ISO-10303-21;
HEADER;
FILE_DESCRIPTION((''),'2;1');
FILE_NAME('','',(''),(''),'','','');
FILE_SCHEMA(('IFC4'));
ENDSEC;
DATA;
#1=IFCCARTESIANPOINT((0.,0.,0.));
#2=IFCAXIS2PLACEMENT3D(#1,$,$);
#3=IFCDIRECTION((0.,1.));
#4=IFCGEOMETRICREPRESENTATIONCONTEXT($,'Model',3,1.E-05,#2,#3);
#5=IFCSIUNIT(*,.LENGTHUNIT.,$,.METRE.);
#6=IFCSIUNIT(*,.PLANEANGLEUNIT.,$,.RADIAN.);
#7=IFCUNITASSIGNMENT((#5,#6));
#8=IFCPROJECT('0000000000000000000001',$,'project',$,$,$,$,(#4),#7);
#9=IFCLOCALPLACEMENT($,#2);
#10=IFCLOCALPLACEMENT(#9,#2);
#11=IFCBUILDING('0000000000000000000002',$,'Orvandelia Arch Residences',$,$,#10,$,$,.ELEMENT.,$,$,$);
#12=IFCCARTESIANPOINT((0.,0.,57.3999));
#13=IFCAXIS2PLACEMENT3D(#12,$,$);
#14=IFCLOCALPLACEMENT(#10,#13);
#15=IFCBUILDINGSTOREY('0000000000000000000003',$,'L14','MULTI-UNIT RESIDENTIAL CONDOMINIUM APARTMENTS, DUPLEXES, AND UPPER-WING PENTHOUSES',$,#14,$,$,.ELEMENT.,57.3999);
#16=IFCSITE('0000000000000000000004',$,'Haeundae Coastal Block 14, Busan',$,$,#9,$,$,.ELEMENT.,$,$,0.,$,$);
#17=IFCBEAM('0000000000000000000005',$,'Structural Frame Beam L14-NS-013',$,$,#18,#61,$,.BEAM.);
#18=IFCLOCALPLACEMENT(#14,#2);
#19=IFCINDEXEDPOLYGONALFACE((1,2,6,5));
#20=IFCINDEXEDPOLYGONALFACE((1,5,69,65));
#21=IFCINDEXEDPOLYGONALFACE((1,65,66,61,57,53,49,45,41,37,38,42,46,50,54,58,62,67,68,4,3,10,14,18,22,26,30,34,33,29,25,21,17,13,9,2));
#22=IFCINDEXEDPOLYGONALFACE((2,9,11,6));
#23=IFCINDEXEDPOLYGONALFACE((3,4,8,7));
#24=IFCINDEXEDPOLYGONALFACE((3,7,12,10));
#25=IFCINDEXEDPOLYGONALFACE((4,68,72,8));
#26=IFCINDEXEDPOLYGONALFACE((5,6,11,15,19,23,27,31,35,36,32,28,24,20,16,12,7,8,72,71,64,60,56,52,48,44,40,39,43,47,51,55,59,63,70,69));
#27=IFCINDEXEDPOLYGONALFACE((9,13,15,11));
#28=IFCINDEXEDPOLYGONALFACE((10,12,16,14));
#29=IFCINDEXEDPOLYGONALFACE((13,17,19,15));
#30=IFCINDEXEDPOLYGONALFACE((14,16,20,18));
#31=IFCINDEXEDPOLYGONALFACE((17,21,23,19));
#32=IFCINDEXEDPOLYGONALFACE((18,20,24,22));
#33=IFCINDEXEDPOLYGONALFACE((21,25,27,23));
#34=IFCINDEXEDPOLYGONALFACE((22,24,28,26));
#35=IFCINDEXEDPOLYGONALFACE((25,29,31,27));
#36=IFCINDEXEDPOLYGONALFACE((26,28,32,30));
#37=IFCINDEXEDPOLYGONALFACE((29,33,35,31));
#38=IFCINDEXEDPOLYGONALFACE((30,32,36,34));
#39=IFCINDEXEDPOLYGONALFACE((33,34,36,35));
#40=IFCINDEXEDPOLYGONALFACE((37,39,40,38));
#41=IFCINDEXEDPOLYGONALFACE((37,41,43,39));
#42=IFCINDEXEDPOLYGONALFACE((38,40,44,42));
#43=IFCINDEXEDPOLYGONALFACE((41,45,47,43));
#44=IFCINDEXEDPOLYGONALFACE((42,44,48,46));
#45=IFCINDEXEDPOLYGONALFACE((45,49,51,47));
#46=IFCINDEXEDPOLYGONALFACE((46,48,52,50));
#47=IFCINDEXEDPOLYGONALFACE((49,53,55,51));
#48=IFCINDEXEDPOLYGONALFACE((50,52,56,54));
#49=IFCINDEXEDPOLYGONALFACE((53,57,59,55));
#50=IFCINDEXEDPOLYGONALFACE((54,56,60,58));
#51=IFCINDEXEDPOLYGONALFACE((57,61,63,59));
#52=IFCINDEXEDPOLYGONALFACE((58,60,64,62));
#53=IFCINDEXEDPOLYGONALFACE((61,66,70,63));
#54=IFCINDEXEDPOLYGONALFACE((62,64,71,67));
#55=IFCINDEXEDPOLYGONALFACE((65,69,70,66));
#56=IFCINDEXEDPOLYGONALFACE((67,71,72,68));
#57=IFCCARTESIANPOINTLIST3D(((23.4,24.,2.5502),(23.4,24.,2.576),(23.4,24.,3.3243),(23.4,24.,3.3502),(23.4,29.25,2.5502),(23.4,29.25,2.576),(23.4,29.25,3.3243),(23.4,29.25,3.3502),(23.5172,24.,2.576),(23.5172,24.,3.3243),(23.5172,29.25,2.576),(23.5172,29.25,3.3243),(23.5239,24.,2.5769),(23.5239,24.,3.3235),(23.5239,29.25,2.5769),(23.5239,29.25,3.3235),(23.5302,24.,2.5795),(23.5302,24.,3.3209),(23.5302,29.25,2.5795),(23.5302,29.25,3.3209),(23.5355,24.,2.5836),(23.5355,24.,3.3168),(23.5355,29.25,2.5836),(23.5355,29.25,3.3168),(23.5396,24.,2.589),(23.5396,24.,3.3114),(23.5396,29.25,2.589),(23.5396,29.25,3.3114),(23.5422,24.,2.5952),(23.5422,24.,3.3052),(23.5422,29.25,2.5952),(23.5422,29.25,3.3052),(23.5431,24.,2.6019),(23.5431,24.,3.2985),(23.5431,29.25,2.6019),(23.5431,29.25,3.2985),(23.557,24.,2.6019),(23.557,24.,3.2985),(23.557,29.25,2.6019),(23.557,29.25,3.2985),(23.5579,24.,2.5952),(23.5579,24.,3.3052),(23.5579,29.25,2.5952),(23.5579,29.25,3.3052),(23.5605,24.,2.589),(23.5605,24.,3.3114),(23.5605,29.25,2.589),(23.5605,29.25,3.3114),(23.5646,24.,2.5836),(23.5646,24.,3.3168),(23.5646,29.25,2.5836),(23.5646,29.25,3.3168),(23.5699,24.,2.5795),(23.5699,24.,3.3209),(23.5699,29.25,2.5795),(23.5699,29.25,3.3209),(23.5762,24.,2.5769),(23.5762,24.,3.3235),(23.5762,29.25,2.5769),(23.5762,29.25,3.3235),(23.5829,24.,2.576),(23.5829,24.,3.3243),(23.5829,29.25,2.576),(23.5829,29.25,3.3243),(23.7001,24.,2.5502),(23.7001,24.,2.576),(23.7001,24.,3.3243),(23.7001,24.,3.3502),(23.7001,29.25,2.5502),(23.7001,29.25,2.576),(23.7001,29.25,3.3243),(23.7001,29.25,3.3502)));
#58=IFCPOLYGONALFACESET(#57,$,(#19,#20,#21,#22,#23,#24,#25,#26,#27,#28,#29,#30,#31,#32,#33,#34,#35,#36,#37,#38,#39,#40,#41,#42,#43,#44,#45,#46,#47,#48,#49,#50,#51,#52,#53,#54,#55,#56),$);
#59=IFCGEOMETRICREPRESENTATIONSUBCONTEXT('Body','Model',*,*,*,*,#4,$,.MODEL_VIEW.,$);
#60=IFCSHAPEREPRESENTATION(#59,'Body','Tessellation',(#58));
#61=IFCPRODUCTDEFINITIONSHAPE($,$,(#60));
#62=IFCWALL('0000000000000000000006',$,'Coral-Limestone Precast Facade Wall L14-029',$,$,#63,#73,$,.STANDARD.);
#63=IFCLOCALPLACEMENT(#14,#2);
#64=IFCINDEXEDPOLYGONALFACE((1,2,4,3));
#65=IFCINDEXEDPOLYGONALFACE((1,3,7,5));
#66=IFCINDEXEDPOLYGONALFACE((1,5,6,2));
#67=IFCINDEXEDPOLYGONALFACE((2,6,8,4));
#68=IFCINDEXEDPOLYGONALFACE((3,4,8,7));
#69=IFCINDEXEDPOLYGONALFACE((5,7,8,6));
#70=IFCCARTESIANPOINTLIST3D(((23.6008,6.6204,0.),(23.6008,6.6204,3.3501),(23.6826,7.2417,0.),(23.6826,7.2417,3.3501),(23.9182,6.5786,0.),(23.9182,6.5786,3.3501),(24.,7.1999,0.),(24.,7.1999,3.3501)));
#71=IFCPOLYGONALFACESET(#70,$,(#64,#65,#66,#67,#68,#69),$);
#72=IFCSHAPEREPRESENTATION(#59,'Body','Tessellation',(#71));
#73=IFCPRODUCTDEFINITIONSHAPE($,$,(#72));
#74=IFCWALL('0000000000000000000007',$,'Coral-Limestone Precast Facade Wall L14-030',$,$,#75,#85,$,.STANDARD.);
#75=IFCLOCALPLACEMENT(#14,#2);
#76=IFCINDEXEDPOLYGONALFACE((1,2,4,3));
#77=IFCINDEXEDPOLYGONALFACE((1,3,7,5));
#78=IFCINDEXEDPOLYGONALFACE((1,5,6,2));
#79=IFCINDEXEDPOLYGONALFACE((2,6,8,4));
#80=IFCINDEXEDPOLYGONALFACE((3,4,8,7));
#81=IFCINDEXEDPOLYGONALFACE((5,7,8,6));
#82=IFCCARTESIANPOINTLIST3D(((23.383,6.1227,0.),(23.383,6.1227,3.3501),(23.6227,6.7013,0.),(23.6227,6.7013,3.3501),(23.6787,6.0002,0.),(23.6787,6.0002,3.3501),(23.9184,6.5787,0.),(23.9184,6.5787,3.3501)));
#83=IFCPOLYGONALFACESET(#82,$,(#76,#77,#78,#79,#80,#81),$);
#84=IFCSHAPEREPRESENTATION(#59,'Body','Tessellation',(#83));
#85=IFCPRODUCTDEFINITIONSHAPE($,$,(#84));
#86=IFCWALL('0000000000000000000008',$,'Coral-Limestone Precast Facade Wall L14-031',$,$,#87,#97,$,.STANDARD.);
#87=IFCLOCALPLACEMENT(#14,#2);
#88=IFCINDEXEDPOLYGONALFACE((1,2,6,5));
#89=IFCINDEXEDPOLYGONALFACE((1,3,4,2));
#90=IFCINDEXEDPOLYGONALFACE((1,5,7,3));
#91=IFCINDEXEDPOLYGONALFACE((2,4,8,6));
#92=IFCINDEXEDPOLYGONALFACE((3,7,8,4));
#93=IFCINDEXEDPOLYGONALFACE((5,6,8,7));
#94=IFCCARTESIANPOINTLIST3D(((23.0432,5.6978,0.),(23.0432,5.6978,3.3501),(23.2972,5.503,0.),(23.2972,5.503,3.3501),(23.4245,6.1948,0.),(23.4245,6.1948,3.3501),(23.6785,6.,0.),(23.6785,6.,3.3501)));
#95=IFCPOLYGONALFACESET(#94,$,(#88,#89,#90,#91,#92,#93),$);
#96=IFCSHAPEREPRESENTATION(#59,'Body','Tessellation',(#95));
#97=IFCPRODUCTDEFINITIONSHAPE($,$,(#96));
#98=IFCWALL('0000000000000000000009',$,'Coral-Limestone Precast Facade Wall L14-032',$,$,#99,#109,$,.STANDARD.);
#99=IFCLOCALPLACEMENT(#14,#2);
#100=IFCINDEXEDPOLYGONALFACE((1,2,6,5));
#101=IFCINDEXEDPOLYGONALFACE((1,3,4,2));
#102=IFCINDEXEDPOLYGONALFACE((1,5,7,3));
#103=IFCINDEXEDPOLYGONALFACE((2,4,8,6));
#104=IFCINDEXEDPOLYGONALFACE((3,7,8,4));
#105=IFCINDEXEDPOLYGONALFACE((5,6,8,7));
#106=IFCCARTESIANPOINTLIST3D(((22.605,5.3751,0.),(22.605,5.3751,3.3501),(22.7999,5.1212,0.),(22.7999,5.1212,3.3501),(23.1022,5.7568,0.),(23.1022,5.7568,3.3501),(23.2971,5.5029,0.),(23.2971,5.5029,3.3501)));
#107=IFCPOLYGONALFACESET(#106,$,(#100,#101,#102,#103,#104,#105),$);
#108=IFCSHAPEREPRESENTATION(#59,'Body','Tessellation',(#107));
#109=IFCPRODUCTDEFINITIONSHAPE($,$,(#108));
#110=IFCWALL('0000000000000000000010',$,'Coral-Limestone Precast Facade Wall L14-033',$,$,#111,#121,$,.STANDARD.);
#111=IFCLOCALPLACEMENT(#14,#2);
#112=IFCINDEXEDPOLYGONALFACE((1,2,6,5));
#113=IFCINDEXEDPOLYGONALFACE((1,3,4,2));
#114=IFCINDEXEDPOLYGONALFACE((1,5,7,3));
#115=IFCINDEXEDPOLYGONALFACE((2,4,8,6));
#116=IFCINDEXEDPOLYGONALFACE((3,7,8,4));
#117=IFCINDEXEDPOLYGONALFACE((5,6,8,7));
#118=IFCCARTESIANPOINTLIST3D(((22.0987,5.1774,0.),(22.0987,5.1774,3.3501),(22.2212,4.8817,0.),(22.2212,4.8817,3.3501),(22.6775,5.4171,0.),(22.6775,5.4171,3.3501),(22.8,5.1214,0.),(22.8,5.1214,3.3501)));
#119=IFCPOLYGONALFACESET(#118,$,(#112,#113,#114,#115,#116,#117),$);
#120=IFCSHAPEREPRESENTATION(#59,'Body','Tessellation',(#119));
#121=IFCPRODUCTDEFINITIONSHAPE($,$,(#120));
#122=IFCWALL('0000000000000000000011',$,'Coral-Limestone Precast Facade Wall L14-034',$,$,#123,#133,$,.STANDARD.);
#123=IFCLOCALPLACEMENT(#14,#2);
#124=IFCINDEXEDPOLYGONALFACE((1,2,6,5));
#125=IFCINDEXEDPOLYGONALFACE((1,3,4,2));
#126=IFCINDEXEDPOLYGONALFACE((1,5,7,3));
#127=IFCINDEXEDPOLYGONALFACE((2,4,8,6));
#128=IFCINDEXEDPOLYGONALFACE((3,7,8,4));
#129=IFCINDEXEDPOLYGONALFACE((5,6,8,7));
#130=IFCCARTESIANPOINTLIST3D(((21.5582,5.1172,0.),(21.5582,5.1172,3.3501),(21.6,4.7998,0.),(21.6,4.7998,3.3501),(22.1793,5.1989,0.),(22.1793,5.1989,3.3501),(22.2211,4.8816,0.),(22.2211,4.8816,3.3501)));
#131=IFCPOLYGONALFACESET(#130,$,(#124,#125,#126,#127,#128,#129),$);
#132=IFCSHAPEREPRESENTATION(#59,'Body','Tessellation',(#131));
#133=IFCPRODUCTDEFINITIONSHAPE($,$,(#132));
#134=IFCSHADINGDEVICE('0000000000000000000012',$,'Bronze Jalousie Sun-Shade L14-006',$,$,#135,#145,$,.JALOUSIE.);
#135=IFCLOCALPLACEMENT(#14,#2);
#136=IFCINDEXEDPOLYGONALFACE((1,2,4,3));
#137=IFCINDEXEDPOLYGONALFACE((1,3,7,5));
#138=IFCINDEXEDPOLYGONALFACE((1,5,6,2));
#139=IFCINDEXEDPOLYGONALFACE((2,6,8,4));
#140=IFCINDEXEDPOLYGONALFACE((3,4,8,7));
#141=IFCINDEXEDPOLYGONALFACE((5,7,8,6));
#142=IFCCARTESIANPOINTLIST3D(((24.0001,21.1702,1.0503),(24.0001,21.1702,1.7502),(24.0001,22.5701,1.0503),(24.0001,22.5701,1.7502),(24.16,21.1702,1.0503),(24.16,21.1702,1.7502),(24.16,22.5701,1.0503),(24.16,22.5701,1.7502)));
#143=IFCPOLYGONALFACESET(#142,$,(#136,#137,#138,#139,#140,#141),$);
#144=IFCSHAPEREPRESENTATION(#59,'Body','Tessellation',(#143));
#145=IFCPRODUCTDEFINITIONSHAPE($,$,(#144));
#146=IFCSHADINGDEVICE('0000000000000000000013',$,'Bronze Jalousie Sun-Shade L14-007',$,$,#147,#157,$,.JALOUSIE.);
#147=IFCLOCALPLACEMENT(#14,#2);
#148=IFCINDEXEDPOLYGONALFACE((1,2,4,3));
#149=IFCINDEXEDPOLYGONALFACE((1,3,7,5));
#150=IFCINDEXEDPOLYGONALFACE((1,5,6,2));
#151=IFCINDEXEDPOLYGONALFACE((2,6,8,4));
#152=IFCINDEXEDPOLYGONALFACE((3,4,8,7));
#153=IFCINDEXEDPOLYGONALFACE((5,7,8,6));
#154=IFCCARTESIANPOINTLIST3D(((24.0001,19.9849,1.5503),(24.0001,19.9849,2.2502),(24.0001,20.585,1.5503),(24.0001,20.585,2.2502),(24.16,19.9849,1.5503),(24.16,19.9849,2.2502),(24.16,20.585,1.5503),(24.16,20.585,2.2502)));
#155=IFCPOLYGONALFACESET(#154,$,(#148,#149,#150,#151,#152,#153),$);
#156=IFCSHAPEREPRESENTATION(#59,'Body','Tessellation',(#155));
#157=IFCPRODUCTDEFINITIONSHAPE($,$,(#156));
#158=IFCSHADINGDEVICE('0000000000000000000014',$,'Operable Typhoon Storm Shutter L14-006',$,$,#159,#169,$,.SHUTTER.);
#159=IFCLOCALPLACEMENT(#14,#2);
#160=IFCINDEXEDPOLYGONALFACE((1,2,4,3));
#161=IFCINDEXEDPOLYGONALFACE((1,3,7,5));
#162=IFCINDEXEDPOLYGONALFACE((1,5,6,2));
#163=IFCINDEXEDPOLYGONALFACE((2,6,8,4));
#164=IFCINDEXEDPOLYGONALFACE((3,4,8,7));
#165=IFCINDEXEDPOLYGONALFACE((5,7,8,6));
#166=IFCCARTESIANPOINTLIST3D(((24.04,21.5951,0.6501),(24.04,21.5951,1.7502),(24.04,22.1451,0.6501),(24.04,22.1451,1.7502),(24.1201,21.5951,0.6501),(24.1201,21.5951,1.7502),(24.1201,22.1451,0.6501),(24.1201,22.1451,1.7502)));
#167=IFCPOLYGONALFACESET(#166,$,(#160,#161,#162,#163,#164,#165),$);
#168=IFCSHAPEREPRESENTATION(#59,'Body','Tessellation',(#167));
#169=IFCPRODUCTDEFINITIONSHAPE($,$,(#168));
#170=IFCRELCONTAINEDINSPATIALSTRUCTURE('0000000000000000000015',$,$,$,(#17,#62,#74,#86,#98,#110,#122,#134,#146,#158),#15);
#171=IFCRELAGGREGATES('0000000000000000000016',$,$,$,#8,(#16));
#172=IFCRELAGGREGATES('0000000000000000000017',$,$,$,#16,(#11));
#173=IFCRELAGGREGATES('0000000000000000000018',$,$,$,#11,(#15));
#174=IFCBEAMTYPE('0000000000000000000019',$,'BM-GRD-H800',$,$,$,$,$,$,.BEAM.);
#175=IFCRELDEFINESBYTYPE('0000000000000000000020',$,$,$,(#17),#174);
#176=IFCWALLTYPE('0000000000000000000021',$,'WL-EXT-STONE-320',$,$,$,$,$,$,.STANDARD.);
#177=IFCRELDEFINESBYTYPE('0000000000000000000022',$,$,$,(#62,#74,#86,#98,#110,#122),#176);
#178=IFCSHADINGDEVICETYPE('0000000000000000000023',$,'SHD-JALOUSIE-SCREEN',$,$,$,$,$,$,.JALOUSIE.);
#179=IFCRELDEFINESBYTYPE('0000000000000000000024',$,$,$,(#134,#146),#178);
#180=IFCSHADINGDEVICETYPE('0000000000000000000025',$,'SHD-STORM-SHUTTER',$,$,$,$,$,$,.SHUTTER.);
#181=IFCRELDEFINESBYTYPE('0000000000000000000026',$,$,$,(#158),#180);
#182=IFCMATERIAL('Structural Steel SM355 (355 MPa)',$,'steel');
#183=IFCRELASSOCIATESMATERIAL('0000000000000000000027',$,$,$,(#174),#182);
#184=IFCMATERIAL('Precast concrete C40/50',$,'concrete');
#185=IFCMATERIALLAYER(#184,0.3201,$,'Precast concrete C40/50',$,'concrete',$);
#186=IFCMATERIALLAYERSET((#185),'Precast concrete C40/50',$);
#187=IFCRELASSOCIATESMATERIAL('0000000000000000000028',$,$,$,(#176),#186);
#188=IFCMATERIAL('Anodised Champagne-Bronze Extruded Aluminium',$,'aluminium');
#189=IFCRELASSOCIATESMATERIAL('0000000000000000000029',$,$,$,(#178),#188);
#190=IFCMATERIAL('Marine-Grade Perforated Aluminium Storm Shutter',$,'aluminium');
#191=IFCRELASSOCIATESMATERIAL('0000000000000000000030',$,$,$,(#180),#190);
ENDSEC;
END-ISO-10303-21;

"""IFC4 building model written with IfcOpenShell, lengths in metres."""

from ifc_helpers import new_model, si_unit, direction, frame, frame_2d, origin, origin_2d, place, context, subcontext, project, spatial, rectangle, i_section, extrude, material, layer, layer_set, material_profile, profile_set, type_object, element, save


model = new_model("IFC4")

# Units and contexts
model_context = context("Model", 3, precision=1e-05, world=origin(), true_north=direction((0.0, 1.0)))
body_context = subcontext(model_context, "Body", "Model", "MODEL_VIEW")
ifc_project = project(units=[si_unit("LENGTHUNIT", "METRE"), si_unit("PLANEANGLEUNIT", "RADIAN")], contexts=[model_context])

# Site, building, storey
site_placement = place(None, origin())
site = spatial("IfcSite", under=ifc_project, at=site_placement, Name="Haeundae Coastal Block 14, Busan", CompositionType="ELEMENT", RefElevation=0.0)
building_placement = place(site_placement, origin())
building = spatial("IfcBuilding", under=site, at=building_placement, Name="Orvandelia Arch Residences", CompositionType="ELEMENT")
storey_placement = place(building_placement, frame((0.0, 0.0, 57.3999)))
storey = spatial("IfcBuildingStorey", under=building, at=storey_placement, Name="L14", Description="MULTI-UNIT RESIDENTIAL CONDOMINIUM APARTMENTS, DUPLEXES, AND UPPER-WING PENTHOUSES", CompositionType="ELEMENT", Elevation=57.3999)

# Beam
ifc_material_1 = material(Name="Structural Steel SM355 (355 MPa)", Category="steel")
ifc_material_profile_1 = material_profile(ifc_material_1, i_section(OverallWidth=0.3, OverallDepth=0.8, WebThickness=0.0139, FlangeThickness=0.0259, FilletRadius=0.0259, at=origin_2d()), Name="Structural Steel SM355 (355 MPa)", Category="steel")
ifc_profile_set_1 = profile_set([ifc_material_profile_1], Name="Structural Steel SM355 (355 MPa)")
beam_type = type_object("IfcBeamType", Name="BM-GRD-H800", PredefinedType="BEAM", material=ifc_profile_set_1)
beam_1_placement = place(storey_placement, frame((23.55, 24.0, 2.9502), z_axis=(0.0, 1.0, 0.0), x_axis=(-1.0, 0.0, 0.0)))
element("IfcBeam", 1, at=beam_1_placement, inside=storey, type_object=beam_type, Name="Structural Frame Beam L14-NS-013", PredefinedType="BEAM", context=body_context, shape_type="SweptSolid", body=[
    extrude(i_section(OverallWidth=0.3, OverallDepth=0.8, WebThickness=0.0139, FlangeThickness=0.0259, FilletRadius=0.0259, at=origin_2d()), origin(), (0.0, 0.0, 1.0), 5.25),
])

# Walls
ifc_material_2 = material(Name="Precast concrete C40/50", Category="concrete")
ifc_layer = layer(ifc_material_2, 0.3201, Name="Precast concrete C40/50", Category="concrete")
ifc_layer_set = layer_set([ifc_layer], Name="Precast concrete C40/50")
wall_type = type_object("IfcWallType", Name="WL-EXT-STONE-320", PredefinedType="STANDARD", material=ifc_layer_set)
wall_1_placement = place(storey_placement, frame((23.8413, 7.2209, 0.0), z_axis=(0.0, 0.0, 1.0), x_axis=(-0.130505, -0.991448, 0.0)))
element("IfcWall", 2, at=wall_1_placement, inside=storey, type_object=wall_type, Name="Coral-Limestone Precast Facade Wall L14-029", PredefinedType="STANDARD", context=body_context, shape_type="SweptSolid", body=[
    extrude(rectangle(XDim=0.6267, YDim=0.3201, at=frame_2d((0.3135, 0.0))), origin(), (0.0, 0.0, 1.0), 3.3501),
])
wall_2_placement = place(storey_placement, frame((23.7705, 6.6399, 0.0), z_axis=(0.0, 0.0, 1.0), x_axis=(-0.382788, -0.923836, 0.0)))
element("IfcWall", 3, at=wall_2_placement, inside=storey, type_object=wall_type, Name="Coral-Limestone Precast Facade Wall L14-030", PredefinedType="STANDARD", context=body_context, shape_type="SweptSolid", body=[
    extrude(rectangle(XDim=0.6262, YDim=0.3201, at=frame_2d((0.313, 0.0))), origin(), (0.0, 0.0, 1.0), 3.3501),
])
wall_3_placement = place(storey_placement, frame((23.5515, 6.0974, 0.0), z_axis=(0.0, 0.0, 1.0), x_axis=(-0.608693, -0.793406, 0.0)))
element("IfcWall", 4, at=wall_3_placement, inside=storey, type_object=wall_type, Name="Coral-Limestone Precast Facade Wall L14-031", PredefinedType="STANDARD", context=body_context, shape_type="SweptSolid", body=[
    extrude(rectangle(XDim=0.6265, YDim=0.3201, at=frame_2d((0.3132, 0.0))), origin(), (0.0, 0.0, 1.0), 3.3501),
])
wall_4_placement = place(storey_placement, frame((23.1997, 5.6299, 0.0), z_axis=(0.0, 0.0, 1.0), x_axis=(-0.793217, -0.608939, 0.0)))
element("IfcWall", 5, at=wall_4_placement, inside=storey, type_object=wall_type, Name="Coral-Limestone Precast Facade Wall L14-032", PredefinedType="STANDARD", context=body_context, shape_type="SweptSolid", body=[
    extrude(rectangle(XDim=0.6267, YDim=0.3201, at=frame_2d((0.3135, 0.0))), origin(), (0.0, 0.0, 1.0), 3.3501),
])
for number, where, z_axis, x_axis, name in (
    (6, (22.7388, 5.2693, 0.0), (0.0, 0.0, 1.0), (-0.923893, -0.38265, 0.0), "Coral-Limestone Precast Facade Wall L14-033"),
    (7, (22.2002, 5.0403, 0.0), (0.0, 0.0, 1.0), (-0.991441, -0.130555, 0.0), "Coral-Limestone Precast Facade Wall L14-034"),
):
    element("IfcWall", number, at=place(storey_placement, frame(where, z_axis=z_axis, x_axis=x_axis)), inside=storey, type_object=wall_type, Name=name, PredefinedType="STANDARD", context=body_context, shape_type="SweptSolid", body=[
        extrude(rectangle(XDim=0.6265, YDim=0.3201, at=frame_2d((0.3132, 0.0))), origin(), (0.0, 0.0, 1.0), 3.3501),
    ])

# Shading devices
ifc_material_3 = material(Name="Anodised Champagne-Bronze Extruded Aluminium", Category="aluminium")
shading_device_type_1 = type_object("IfcShadingDeviceType", Name="SHD-JALOUSIE-SCREEN", PredefinedType="JALOUSIE", material=ifc_material_3)
shading_device_1_placement = place(storey_placement, frame((24.0801, 21.8701, 1.0503), z_axis=(0.0, 0.0, 1.0), x_axis=(0.0, -1.0, 0.0)))
element("IfcShadingDevice", 8, at=shading_device_1_placement, inside=storey, type_object=shading_device_type_1, Name="Bronze Jalousie Sun-Shade L14-006", PredefinedType="JALOUSIE", context=body_context, shape_type="SweptSolid", body=[
    extrude(rectangle(XDim=1.3999, YDim=0.1599, at=origin_2d()), origin(), (0.0, 0.0, 1.0), 0.7),
])
shading_device_2_placement = place(storey_placement, frame((24.0801, 20.2849, 1.5503), z_axis=(0.0, 0.0, 1.0), x_axis=(0.0, -1.0, 0.0)))
element("IfcShadingDevice", 9, at=shading_device_2_placement, inside=storey, type_object=shading_device_type_1, Name="Bronze Jalousie Sun-Shade L14-007", PredefinedType="JALOUSIE", context=body_context, shape_type="SweptSolid", body=[
    extrude(rectangle(XDim=0.6001, YDim=0.1599, at=origin_2d()), origin(), (0.0, 0.0, 1.0), 0.7),
])
ifc_material_4 = material(Name="Marine-Grade Perforated Aluminium Storm Shutter", Category="aluminium")
shading_device_type_2 = type_object("IfcShadingDeviceType", Name="SHD-STORM-SHUTTER", PredefinedType="SHUTTER", material=ifc_material_4)
shading_device_3_placement = place(storey_placement, frame((24.0801, 21.8701, 0.6501), z_axis=(0.0, 0.0, 1.0), x_axis=(0.0, -1.0, 0.0)))
element("IfcShadingDevice", 10, at=shading_device_3_placement, inside=storey, type_object=shading_device_type_2, Name="Operable Typhoon Storm Shutter L14-006", PredefinedType="SHUTTER", context=body_context, shape_type="SweptSolid", body=[
    extrude(rectangle(XDim=0.55, YDim=0.0801, at=origin_2d()), origin(), (0.0, 0.0, 1.0), 1.1001),
])

save(model, "model.ifc")
